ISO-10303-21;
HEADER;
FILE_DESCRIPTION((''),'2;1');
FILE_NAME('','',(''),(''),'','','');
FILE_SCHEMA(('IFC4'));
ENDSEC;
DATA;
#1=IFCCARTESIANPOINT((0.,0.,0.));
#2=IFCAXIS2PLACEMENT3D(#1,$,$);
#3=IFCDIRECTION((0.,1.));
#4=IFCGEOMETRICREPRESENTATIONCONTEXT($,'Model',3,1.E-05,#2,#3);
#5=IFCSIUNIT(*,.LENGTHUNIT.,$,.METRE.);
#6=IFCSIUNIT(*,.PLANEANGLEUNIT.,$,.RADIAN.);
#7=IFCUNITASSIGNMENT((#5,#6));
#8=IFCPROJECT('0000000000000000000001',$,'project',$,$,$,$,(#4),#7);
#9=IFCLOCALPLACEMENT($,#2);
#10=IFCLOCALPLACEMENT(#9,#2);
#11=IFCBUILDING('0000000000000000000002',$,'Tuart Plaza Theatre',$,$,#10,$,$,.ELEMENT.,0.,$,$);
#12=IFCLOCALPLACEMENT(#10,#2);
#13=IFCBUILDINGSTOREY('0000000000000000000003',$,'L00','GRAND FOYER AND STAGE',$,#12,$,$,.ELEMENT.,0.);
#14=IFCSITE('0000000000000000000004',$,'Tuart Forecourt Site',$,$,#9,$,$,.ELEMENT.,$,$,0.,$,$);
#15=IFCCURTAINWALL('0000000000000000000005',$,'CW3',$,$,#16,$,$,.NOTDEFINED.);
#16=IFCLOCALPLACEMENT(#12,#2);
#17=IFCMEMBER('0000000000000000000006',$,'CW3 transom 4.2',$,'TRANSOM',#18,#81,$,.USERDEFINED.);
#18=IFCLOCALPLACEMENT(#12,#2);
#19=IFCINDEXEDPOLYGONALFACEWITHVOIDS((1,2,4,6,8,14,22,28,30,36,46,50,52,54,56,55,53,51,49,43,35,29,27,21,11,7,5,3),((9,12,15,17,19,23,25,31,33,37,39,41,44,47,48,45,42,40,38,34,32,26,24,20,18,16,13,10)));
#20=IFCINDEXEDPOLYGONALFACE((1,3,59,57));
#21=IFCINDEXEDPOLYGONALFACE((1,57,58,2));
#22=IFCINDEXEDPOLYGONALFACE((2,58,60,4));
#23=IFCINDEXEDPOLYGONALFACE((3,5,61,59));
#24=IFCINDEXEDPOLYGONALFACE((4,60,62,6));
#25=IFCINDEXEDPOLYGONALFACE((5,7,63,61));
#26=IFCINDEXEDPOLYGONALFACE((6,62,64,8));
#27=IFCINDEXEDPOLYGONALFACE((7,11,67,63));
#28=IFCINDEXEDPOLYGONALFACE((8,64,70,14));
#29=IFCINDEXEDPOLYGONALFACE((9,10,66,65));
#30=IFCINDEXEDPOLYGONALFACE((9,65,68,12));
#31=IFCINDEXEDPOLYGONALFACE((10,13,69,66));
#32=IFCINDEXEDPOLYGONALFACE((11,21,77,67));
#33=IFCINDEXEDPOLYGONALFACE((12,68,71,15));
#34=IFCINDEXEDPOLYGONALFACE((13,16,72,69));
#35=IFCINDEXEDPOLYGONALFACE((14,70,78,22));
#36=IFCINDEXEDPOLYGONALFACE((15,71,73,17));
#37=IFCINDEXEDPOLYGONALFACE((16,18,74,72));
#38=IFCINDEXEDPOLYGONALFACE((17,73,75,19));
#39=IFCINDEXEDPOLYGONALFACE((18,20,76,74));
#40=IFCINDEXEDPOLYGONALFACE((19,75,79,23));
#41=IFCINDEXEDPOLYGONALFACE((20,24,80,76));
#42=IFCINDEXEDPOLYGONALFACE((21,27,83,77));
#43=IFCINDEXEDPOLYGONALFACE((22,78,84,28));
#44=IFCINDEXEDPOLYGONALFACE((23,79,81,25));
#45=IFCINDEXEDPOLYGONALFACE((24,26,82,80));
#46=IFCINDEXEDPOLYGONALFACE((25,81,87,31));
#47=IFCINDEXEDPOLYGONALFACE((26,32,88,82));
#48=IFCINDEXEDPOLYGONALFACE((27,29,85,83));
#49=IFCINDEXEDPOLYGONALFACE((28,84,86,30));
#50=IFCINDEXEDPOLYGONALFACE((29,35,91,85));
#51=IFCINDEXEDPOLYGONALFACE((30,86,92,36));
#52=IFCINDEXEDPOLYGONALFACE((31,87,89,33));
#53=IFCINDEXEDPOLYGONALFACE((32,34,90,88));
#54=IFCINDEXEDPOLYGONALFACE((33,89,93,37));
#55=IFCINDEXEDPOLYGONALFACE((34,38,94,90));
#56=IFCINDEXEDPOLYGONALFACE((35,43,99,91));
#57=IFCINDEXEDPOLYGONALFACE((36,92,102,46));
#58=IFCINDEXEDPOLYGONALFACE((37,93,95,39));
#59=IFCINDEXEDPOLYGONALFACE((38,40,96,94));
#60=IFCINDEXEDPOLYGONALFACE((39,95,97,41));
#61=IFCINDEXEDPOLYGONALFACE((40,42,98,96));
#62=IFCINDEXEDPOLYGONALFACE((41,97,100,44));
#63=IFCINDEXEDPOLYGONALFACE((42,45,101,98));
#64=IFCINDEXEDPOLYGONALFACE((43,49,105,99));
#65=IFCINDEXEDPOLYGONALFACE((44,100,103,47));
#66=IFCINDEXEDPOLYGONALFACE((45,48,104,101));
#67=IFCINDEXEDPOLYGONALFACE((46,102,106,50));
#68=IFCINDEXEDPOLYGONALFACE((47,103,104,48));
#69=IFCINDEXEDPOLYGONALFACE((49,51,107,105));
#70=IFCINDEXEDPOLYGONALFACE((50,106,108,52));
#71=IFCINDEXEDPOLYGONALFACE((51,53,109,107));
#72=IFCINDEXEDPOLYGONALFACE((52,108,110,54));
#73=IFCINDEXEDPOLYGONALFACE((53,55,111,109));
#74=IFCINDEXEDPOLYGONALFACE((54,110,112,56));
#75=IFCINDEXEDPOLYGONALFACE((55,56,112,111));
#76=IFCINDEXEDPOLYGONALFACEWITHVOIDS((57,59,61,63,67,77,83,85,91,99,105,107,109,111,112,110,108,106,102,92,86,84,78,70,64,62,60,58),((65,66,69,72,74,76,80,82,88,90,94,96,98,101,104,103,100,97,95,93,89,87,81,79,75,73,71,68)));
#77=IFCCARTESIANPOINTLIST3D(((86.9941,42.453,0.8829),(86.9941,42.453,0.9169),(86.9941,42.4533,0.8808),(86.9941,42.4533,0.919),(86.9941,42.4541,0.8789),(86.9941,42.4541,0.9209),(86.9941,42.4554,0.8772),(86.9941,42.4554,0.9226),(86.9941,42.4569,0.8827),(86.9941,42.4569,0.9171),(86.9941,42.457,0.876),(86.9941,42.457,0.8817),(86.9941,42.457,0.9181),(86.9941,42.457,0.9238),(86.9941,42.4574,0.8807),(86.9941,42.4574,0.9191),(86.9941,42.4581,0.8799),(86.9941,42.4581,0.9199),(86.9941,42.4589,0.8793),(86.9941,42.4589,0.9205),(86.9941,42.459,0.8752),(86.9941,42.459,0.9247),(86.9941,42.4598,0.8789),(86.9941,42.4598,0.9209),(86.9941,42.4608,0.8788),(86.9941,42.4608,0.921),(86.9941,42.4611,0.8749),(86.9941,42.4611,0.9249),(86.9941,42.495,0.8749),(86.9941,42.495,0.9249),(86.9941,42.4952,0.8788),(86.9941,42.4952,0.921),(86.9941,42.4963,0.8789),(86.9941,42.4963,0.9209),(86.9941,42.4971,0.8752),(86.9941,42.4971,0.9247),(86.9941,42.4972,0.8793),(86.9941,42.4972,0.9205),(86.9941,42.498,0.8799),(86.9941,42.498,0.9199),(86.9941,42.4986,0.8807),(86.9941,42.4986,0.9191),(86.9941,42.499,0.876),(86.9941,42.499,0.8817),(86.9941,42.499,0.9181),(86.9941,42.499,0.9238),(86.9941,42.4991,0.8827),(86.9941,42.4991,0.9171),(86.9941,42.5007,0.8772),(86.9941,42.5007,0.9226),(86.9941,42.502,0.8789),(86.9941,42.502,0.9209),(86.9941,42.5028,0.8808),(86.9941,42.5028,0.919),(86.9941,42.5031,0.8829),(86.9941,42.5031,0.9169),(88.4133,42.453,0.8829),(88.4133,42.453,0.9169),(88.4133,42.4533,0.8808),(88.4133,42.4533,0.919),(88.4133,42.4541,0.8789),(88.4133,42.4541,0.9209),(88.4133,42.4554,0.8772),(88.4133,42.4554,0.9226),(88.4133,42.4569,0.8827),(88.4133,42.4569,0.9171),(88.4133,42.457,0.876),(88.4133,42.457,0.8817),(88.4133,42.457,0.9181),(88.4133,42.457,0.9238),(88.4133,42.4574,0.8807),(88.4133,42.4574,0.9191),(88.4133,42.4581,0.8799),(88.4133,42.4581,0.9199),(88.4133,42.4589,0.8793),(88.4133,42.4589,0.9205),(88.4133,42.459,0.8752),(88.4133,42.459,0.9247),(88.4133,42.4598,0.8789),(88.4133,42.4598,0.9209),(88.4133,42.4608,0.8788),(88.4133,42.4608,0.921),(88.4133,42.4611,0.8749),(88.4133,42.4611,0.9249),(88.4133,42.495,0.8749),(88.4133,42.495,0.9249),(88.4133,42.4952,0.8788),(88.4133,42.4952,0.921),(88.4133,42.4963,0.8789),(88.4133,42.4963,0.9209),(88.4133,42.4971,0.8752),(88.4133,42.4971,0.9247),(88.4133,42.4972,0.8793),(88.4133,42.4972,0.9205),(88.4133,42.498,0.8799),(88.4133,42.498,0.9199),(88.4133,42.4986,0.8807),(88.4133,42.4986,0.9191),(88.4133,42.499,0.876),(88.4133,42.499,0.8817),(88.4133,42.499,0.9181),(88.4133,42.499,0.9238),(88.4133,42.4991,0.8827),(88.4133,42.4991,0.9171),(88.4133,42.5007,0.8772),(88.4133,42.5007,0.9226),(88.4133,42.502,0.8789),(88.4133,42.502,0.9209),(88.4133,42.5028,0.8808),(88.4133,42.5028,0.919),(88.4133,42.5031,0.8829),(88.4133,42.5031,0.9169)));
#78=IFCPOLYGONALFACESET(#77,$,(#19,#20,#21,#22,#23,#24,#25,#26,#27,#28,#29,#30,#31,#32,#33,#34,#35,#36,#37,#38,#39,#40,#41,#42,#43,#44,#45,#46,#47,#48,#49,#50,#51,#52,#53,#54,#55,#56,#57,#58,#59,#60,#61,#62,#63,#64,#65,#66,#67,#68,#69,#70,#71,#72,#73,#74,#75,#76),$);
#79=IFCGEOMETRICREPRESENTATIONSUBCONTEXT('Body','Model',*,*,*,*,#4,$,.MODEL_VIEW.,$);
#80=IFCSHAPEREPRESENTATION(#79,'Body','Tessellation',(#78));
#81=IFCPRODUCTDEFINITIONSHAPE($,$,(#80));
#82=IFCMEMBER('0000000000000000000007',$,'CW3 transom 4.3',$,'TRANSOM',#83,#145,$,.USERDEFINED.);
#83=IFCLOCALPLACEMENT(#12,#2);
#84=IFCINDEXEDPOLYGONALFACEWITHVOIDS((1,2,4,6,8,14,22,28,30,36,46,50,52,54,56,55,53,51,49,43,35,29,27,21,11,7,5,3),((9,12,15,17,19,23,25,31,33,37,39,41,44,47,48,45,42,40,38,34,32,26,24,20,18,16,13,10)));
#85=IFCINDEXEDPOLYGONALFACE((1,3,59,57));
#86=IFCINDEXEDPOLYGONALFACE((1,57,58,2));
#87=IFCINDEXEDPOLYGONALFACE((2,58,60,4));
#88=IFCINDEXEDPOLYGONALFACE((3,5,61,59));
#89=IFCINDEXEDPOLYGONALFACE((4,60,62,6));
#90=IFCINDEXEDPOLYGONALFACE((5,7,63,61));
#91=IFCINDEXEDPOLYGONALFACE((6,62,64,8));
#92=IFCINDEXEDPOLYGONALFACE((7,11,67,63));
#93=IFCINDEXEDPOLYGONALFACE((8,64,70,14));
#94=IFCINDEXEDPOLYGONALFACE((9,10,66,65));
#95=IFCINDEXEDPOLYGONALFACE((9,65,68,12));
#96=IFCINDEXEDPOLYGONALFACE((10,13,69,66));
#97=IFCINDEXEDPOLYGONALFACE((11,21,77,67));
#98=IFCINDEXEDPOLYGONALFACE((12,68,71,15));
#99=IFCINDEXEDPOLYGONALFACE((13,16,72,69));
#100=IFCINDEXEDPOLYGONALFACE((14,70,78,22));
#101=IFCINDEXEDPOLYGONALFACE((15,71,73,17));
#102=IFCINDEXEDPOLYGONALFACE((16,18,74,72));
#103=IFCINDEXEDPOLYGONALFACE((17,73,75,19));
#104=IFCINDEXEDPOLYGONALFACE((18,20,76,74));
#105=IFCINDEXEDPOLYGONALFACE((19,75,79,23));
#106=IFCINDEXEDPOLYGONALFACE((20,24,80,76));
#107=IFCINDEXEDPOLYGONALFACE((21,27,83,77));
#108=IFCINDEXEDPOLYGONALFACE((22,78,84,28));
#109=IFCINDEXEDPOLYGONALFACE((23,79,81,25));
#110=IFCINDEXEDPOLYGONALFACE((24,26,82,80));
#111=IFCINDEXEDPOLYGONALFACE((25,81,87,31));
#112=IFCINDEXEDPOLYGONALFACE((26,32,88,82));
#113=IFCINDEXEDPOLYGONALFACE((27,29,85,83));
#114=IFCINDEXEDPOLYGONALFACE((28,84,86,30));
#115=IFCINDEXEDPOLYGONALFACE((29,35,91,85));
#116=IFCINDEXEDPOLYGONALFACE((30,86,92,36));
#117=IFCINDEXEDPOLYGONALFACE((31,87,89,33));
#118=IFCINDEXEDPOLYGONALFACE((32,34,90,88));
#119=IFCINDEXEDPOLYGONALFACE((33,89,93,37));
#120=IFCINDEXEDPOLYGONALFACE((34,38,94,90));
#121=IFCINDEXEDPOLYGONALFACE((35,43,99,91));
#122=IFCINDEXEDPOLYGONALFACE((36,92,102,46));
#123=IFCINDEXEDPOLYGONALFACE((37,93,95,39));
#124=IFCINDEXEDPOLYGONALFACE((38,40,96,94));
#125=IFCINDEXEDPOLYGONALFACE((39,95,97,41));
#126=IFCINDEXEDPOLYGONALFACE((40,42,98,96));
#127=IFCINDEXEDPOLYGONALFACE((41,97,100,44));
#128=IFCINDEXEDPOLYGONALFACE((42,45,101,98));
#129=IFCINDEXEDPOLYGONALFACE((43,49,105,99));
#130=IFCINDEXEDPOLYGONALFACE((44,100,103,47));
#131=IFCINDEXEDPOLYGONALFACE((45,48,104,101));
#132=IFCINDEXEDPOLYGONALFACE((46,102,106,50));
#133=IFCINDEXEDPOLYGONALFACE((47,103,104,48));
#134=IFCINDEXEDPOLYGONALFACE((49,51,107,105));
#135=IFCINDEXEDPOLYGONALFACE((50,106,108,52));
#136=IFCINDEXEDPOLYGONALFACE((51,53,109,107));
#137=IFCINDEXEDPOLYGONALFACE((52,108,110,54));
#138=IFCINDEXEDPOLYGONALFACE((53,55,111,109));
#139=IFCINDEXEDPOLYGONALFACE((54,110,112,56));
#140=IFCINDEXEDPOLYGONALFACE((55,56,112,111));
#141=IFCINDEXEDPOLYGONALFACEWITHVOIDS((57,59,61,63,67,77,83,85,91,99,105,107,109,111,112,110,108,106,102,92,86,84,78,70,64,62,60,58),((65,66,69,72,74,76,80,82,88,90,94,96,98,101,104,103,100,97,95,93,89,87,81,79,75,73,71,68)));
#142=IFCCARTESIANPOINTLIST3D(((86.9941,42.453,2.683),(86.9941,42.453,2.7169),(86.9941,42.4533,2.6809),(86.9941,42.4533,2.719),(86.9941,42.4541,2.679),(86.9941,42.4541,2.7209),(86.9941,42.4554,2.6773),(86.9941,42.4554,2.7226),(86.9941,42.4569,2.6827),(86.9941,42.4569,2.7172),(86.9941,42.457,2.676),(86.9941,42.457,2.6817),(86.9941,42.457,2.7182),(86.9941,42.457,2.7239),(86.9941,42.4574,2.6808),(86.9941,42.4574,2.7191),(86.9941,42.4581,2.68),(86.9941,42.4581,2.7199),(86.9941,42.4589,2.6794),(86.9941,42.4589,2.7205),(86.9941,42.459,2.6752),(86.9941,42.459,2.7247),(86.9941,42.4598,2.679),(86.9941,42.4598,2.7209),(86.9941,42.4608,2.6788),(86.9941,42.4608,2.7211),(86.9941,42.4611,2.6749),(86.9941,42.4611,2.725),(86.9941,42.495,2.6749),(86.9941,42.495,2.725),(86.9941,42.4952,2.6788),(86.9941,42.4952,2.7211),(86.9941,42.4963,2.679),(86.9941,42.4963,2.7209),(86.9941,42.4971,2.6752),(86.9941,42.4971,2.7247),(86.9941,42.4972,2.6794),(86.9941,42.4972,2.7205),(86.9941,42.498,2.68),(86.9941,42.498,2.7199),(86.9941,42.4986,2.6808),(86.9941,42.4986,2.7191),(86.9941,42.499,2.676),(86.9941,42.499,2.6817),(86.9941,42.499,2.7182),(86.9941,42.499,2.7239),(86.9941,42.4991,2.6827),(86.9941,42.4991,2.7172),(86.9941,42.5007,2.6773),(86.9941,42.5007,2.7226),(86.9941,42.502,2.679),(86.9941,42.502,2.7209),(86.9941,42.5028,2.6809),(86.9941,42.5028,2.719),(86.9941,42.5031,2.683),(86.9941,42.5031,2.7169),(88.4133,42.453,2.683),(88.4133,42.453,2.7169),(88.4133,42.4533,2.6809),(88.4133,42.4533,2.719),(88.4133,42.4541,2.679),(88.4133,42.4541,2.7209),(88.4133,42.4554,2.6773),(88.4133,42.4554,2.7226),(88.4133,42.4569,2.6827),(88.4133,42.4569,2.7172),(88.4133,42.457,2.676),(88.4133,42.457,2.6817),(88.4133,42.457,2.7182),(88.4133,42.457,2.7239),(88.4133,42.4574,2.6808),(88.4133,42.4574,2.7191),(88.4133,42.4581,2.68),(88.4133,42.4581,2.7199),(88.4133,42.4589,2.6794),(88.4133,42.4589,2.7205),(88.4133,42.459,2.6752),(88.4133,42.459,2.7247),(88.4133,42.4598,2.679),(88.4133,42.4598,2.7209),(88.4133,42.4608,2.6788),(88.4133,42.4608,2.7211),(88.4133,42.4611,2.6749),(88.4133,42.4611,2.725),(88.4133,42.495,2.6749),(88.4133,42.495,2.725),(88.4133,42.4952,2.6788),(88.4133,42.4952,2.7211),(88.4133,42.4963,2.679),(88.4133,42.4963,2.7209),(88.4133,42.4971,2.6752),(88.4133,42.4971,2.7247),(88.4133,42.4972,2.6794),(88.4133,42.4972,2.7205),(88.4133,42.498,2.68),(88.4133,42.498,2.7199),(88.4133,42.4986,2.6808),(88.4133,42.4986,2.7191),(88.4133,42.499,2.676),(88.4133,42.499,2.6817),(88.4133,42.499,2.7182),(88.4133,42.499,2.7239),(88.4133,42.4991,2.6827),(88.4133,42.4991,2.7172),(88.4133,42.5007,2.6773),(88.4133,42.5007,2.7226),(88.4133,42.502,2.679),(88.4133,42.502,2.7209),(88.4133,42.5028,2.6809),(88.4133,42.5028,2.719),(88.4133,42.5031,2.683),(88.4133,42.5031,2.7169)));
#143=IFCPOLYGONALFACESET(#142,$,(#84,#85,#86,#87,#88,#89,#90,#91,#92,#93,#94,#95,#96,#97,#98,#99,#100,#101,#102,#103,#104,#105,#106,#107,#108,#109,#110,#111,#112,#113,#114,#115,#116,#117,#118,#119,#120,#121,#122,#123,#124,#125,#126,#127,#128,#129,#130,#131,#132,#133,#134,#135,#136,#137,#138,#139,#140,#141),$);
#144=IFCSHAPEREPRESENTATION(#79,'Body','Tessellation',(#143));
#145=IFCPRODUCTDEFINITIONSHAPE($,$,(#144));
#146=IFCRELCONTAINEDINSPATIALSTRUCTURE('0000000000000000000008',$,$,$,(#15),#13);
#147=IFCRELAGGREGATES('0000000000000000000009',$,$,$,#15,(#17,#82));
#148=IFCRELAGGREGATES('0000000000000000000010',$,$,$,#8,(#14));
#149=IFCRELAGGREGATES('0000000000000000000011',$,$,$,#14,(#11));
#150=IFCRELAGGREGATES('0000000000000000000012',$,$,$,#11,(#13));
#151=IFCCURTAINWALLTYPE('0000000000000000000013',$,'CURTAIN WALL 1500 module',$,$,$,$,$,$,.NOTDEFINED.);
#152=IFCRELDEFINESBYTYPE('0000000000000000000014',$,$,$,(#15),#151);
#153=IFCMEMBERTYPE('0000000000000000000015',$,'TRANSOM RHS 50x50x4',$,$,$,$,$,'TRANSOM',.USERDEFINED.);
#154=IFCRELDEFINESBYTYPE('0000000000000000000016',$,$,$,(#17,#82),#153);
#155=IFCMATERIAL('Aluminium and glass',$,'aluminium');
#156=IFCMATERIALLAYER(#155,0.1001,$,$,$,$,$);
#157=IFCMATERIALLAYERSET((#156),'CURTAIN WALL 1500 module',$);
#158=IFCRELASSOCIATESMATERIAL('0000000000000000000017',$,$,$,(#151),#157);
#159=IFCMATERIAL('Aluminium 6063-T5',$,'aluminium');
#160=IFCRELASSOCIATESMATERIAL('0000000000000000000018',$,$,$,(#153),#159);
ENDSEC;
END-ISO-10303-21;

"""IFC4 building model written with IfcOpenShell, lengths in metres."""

from ifc_helpers import new_model, si_unit, direction, frame, origin, origin_2d, place, context, subcontext, project, spatial, hollow_rectangle, extrude, material, layer, layer_set, material_profile, profile_set, type_object, element, aggregate, save


model = new_model("IFC4")

# Units and contexts
model_context = context("Model", 3, precision=1e-05, world=origin(), true_north=direction((0.0, 1.0)))
body_context = subcontext(model_context, "Body", "Model", "MODEL_VIEW")
ifc_project = project(units=[si_unit("LENGTHUNIT", "METRE"), si_unit("PLANEANGLEUNIT", "RADIAN")], contexts=[model_context])

# Site, building, storey
site_placement = place(None, origin())
site = spatial("IfcSite", under=ifc_project, at=site_placement, Name="Tuart Forecourt Site", CompositionType="ELEMENT", RefElevation=0.0)
building_placement = place(site_placement, origin())
building = spatial("IfcBuilding", under=site, at=building_placement, Name="Tuart Plaza Theatre", CompositionType="ELEMENT", ElevationOfRefHeight=0.0)
storey_placement = place(building_placement, origin())
storey = spatial("IfcBuildingStorey", under=building, at=storey_placement, Name="L00", Description="GRAND FOYER AND STAGE", CompositionType="ELEMENT", Elevation=0.0)

# Curtain wall
ifc_material_1 = material(Name="Aluminium and glass", Category="aluminium")
ifc_layer_1 = layer(ifc_material_1, 0.1001)
ifc_layer_set_1 = layer_set([ifc_layer_1], Name="CURTAIN WALL 1500 module")
curtain_wall_type = type_object("IfcCurtainWallType", Name="CURTAIN WALL 1500 module", PredefinedType="NOTDEFINED", material=ifc_layer_set_1)
curtain_wall_1_placement = place(storey_placement, origin())
curtain_wall_1 = element("IfcCurtainWall", 1, at=curtain_wall_1_placement, inside=storey, type_object=curtain_wall_type, Name="CW3", PredefinedType="NOTDEFINED")

# Members
ifc_material_2 = material(Name="Aluminium 6063-T5", Category="aluminium")
ifc_material_profile_1 = material_profile(ifc_material_2, hollow_rectangle(XDim=0.05, YDim=0.05, WallThickness=0.0039, InnerFilletRadius=0.0039, OuterFilletRadius=0.0081, at=origin_2d()), Name="RHS 50x50x4")
ifc_profile_set_1 = profile_set([ifc_material_profile_1], Name="Aluminium 6063-T5")
member_type_1 = type_object("IfcMemberType", Name="TRANSOM RHS 50x50x4", ElementType="TRANSOM", PredefinedType="USERDEFINED", material=ifc_profile_set_1)
member_1_placement = place(storey_placement, frame((86.9941, 42.478, 0.8999), z_axis=(1.0, 0.0, 0.0), x_axis=(0.0, 1.0, 0.0)))
member_1 = element("IfcMember", 2, at=member_1_placement, type_object=member_type_1, Name="CW3 transom 4.2", ObjectType="TRANSOM", PredefinedType="USERDEFINED", context=body_context, shape_type="SweptSolid", body=[
    extrude(hollow_rectangle(XDim=0.05, YDim=0.05, WallThickness=0.0039, InnerFilletRadius=0.0039, OuterFilletRadius=0.0081, at=origin_2d()), origin(), (0.0, 0.0, 1.0), 1.4192),
])
member_2_placement = place(storey_placement, frame((86.9941, 42.478, 2.7), z_axis=(1.0, 0.0, 0.0), x_axis=(0.0, 1.0, 0.0)))
member_2 = element("IfcMember", 3, at=member_2_placement, type_object=member_type_1, Name="CW3 transom 4.3", ObjectType="TRANSOM", PredefinedType="USERDEFINED", context=body_context, shape_type="SweptSolid", body=[
    extrude(hollow_rectangle(XDim=0.05, YDim=0.05, WallThickness=0.0039, InnerFilletRadius=0.0039, OuterFilletRadius=0.0081, at=origin_2d()), origin(), (0.0, 0.0, 1.0), 1.4192),
])

aggregate(curtain_wall_1, [member_1, member_2])

save(model, "model.ifc")
